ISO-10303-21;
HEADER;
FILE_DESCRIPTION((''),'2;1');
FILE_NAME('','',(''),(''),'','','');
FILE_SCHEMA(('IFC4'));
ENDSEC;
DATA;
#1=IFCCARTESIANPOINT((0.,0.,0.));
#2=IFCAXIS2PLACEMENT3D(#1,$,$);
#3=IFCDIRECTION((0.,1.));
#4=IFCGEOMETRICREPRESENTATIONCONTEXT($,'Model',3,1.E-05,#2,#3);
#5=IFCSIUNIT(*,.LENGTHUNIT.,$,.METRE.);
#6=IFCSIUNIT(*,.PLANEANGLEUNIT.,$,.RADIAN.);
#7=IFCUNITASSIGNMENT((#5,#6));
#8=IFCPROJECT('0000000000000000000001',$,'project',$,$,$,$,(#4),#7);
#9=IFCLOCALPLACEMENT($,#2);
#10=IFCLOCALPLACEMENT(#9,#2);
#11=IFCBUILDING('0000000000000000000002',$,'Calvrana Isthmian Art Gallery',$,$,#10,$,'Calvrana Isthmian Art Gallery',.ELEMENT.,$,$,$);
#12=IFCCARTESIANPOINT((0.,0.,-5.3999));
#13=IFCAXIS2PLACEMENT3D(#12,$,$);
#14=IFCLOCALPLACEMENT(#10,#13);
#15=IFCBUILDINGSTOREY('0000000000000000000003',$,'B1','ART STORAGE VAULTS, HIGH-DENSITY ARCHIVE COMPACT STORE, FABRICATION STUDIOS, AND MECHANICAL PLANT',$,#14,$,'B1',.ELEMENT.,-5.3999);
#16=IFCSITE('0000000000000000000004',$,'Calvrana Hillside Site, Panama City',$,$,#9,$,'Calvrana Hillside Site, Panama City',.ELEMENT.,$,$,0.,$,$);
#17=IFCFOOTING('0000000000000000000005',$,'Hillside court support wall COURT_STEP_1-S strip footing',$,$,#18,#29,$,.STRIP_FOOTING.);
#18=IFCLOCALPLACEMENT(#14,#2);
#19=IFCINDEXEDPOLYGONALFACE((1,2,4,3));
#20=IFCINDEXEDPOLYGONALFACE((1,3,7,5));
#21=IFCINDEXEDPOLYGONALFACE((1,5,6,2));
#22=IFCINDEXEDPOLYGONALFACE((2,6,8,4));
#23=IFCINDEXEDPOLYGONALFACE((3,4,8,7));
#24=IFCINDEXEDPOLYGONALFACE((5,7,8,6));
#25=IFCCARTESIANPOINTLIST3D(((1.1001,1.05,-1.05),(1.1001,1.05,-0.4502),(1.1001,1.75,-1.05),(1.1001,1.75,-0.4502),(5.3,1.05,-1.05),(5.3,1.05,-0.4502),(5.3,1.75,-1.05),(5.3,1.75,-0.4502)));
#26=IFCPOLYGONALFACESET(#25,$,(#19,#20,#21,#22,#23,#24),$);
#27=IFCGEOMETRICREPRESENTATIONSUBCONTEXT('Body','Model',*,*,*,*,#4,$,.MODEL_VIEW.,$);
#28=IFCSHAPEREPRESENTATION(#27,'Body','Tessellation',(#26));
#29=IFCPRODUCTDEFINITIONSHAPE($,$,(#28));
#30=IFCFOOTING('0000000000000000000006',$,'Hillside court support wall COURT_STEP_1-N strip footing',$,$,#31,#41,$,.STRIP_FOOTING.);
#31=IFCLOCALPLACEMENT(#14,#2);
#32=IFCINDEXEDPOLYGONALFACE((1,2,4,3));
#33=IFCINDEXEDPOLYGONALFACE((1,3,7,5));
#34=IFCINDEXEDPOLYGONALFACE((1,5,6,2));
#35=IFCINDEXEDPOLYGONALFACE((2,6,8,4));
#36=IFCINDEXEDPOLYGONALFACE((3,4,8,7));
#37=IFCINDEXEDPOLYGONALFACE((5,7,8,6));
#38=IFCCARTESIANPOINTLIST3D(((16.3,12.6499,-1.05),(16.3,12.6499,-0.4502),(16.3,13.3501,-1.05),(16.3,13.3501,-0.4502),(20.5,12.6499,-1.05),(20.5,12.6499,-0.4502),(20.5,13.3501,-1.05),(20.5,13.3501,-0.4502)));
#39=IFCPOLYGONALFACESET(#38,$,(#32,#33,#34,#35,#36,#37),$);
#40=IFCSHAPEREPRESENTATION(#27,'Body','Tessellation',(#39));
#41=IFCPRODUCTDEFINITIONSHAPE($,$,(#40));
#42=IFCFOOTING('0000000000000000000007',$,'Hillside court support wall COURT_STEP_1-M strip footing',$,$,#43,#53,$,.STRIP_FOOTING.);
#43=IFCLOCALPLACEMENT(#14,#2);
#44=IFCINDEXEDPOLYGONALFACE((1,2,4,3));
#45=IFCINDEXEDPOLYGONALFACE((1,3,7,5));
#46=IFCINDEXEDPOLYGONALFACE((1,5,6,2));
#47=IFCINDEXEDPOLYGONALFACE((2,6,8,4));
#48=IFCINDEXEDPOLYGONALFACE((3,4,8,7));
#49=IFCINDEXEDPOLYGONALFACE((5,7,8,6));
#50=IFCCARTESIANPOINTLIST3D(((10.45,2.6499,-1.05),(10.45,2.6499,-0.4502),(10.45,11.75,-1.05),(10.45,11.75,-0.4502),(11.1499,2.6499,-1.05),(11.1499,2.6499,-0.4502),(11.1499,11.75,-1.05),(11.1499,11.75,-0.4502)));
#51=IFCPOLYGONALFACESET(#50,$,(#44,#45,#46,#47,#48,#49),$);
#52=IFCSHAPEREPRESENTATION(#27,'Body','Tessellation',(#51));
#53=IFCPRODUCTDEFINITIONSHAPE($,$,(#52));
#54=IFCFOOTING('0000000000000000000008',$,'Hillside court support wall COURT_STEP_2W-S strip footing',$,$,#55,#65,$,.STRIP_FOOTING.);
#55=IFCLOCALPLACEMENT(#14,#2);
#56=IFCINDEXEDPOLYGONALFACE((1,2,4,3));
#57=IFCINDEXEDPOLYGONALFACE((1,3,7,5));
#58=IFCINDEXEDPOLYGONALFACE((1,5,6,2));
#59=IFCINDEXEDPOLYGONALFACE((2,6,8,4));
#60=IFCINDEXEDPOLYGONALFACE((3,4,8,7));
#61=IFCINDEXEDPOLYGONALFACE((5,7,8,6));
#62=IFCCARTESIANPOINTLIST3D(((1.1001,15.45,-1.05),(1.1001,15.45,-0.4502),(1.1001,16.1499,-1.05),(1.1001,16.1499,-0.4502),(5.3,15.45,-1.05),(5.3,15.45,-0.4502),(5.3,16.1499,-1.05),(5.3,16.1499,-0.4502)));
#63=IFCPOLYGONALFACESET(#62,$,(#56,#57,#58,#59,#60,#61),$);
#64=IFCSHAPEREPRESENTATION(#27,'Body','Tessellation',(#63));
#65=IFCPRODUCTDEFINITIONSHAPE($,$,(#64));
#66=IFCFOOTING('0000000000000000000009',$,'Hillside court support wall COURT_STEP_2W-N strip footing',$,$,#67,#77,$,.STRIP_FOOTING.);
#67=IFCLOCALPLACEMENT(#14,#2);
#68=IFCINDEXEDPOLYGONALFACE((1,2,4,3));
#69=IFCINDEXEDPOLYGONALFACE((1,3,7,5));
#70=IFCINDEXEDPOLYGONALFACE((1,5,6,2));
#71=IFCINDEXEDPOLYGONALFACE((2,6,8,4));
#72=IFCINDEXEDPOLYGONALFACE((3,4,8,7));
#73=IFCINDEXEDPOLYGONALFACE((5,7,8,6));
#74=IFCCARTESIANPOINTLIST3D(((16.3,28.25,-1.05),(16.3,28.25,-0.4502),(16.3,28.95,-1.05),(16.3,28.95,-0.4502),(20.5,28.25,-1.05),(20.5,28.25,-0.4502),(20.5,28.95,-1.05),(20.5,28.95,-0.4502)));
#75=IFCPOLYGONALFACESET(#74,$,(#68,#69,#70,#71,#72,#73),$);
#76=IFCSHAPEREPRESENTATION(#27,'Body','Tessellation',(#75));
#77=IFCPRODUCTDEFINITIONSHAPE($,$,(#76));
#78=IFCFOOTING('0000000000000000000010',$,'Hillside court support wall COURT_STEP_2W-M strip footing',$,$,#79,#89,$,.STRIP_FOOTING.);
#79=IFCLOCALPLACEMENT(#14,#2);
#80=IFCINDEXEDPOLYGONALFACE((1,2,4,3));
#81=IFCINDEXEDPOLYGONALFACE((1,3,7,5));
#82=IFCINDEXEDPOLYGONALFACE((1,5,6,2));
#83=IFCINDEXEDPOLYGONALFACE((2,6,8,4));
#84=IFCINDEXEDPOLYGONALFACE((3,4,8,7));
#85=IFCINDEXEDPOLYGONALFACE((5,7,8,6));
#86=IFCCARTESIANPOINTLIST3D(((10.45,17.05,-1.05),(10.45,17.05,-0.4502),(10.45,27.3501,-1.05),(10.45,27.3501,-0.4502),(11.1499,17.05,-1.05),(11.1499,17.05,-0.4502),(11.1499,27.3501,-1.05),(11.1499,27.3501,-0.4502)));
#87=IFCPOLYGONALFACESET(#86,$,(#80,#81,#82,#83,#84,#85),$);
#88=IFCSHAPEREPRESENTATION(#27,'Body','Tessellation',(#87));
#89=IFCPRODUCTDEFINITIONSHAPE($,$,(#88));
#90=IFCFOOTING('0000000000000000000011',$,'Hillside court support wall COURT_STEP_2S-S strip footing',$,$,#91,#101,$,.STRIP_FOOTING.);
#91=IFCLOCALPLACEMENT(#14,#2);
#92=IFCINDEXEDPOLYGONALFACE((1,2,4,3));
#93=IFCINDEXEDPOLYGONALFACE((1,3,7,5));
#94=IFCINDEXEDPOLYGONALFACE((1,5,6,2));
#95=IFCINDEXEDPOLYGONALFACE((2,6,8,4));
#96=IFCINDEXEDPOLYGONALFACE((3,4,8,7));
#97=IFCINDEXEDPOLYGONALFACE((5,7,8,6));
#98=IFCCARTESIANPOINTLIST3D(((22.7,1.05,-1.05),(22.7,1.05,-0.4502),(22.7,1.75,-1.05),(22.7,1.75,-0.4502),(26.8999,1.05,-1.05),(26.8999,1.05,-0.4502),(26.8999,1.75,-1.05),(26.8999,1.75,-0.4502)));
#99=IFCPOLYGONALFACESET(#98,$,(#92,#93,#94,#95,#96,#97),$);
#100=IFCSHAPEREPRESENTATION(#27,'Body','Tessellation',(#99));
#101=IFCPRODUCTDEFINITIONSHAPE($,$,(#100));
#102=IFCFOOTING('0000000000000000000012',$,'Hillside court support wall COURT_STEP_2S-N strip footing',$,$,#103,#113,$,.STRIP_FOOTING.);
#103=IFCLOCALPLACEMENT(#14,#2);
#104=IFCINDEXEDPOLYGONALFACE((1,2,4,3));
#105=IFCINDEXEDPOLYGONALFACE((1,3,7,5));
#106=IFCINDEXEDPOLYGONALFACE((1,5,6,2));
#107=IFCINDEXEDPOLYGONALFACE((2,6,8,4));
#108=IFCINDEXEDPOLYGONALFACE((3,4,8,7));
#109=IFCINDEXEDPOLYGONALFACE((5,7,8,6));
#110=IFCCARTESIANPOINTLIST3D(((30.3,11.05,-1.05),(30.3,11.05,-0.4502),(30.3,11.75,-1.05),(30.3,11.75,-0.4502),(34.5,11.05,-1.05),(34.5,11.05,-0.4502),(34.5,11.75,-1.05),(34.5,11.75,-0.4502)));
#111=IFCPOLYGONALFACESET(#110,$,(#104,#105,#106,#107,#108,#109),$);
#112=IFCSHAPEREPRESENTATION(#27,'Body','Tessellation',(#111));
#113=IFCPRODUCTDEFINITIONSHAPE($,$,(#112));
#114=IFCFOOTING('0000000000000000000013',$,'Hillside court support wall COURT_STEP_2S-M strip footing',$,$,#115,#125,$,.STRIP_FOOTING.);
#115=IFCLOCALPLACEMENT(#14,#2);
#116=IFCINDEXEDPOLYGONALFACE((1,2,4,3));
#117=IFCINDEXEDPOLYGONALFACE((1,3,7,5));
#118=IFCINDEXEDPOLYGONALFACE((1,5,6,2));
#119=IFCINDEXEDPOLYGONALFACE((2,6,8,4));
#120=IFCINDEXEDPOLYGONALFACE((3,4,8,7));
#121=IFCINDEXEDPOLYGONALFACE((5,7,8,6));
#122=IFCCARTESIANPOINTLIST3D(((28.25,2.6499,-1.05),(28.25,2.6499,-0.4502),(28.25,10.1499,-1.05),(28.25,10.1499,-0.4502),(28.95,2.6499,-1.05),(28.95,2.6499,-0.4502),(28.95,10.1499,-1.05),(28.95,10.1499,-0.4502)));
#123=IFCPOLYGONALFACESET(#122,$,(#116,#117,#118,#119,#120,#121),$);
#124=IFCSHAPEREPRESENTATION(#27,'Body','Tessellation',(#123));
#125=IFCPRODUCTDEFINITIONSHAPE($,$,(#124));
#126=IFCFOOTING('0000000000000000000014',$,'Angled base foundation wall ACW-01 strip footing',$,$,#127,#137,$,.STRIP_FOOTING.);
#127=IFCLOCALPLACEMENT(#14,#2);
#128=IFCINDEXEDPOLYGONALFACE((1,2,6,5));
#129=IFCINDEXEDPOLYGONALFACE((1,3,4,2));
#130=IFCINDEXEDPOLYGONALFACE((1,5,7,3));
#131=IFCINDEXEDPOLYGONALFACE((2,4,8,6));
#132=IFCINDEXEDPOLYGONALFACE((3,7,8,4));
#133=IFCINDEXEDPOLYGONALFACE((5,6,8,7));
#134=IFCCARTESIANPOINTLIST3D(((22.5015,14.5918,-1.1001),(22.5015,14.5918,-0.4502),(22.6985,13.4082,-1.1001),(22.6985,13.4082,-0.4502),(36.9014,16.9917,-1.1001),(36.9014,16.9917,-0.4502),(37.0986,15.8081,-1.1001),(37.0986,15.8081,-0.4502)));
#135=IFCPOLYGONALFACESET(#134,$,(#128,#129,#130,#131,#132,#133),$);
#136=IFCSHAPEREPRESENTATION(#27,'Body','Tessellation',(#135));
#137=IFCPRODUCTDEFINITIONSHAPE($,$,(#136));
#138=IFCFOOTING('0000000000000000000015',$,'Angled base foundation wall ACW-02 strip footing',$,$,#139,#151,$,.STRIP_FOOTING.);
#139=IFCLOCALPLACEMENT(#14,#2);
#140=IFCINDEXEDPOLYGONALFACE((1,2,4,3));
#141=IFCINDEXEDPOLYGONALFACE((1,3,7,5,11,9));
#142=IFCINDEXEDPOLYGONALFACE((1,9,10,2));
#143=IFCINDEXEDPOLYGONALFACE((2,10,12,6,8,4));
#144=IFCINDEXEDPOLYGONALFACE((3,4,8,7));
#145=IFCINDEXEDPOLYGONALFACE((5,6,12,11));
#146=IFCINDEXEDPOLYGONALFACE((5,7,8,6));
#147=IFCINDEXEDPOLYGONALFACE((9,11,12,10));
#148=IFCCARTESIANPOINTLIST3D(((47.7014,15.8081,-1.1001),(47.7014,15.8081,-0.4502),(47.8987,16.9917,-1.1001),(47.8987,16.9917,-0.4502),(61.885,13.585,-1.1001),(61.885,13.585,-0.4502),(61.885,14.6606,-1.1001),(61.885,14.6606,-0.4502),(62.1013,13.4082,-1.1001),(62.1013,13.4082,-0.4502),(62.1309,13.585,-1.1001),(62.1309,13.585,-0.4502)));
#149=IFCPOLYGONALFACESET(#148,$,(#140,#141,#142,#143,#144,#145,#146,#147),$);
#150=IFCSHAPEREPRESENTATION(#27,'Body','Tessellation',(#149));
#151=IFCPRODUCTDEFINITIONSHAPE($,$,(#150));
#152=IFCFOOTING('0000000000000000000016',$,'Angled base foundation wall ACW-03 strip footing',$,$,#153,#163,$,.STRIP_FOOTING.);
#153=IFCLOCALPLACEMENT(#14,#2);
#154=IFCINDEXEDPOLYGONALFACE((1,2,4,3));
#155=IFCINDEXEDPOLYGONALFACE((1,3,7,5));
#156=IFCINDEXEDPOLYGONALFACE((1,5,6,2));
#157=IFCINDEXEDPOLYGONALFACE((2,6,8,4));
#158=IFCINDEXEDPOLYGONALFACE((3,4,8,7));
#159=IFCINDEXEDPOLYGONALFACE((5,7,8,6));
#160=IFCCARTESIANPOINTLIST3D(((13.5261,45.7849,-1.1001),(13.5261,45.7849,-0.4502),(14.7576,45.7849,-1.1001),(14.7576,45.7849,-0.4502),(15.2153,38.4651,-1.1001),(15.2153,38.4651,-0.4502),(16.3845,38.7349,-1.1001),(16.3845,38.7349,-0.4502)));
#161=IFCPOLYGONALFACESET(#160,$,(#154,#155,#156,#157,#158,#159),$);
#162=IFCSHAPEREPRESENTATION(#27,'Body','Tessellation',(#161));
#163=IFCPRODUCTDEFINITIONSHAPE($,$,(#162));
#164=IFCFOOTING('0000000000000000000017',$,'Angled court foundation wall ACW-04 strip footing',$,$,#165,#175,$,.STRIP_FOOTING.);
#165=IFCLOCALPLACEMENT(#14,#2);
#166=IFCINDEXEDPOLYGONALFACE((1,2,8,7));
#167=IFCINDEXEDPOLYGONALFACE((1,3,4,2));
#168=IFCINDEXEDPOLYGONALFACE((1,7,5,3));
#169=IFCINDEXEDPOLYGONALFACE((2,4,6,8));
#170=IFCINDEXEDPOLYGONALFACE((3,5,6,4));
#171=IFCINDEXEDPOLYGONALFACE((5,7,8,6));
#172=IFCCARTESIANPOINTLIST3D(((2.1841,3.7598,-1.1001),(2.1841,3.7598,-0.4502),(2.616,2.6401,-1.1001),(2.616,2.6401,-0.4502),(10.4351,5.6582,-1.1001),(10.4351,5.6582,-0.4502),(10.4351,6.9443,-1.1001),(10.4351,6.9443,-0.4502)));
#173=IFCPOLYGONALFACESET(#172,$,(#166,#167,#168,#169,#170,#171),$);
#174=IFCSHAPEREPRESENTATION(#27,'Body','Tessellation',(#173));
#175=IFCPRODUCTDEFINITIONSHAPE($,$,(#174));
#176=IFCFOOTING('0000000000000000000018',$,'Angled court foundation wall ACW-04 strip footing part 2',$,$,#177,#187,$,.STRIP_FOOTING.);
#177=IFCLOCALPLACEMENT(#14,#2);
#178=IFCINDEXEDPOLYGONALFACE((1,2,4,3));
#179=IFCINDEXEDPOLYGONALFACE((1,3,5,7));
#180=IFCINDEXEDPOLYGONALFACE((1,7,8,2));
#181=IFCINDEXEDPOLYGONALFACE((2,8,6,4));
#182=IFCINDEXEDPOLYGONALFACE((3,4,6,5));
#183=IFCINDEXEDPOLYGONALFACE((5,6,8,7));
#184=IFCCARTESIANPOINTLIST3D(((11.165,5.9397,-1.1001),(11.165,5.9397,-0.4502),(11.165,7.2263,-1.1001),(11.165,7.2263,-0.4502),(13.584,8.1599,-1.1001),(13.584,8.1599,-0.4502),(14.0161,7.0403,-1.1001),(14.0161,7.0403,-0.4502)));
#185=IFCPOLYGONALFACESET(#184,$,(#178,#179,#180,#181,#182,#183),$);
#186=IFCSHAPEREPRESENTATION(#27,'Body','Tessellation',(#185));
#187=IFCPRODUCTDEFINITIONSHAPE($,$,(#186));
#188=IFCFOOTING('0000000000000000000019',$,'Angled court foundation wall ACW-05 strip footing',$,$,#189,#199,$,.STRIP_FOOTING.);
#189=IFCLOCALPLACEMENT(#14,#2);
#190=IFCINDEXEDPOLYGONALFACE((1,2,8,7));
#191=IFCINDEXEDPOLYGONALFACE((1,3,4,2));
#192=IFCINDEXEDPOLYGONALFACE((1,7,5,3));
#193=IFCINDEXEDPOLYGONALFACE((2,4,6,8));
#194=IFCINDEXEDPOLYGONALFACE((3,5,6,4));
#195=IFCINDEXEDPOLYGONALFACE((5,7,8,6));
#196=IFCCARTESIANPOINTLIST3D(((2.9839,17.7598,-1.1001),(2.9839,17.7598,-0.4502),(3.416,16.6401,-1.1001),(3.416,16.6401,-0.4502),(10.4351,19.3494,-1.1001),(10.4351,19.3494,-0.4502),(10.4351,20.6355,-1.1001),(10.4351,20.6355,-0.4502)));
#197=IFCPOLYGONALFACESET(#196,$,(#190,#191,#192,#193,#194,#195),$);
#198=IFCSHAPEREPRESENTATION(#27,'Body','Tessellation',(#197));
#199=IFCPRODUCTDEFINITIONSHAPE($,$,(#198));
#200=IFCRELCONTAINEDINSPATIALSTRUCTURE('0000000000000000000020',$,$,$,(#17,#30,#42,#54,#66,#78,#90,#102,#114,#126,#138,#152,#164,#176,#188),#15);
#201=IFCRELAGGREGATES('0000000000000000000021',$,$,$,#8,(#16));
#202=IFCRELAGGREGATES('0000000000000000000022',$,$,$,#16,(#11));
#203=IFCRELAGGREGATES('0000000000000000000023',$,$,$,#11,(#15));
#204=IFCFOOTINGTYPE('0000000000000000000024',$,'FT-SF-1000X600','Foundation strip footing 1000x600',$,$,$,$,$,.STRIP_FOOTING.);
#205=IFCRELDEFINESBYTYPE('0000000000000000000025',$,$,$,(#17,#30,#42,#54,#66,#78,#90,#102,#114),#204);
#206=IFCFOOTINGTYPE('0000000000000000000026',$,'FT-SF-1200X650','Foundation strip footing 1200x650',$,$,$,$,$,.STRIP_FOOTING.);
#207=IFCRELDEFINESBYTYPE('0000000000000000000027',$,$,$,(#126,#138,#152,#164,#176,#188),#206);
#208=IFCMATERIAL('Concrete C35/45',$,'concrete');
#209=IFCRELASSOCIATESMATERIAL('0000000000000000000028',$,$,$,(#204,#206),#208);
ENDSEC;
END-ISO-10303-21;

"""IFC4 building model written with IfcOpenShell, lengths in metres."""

from ifc_helpers import new_model, si_unit, direction, frame, origin, place, context, subcontext, project, spatial, polyline, outline, extrude, material, type_object, element, save


model = new_model("IFC4")

# Units and contexts
model_context = context("Model", 3, precision=1e-05, world=origin(), true_north=direction((0.0, 1.0)))
body_context = subcontext(model_context, "Body", "Model", "MODEL_VIEW")
ifc_project = project(units=[si_unit("LENGTHUNIT", "METRE"), si_unit("PLANEANGLEUNIT", "RADIAN")], contexts=[model_context])

# Site, building, storey
site_placement = place(None, origin())
site = spatial("IfcSite", under=ifc_project, at=site_placement, Name="Calvrana Hillside Site, Panama City", LongName="Calvrana Hillside Site, Panama City", CompositionType="ELEMENT", RefElevation=0.0)
building_placement = place(site_placement, origin())
building = spatial("IfcBuilding", under=site, at=building_placement, Name="Calvrana Isthmian Art Gallery", LongName="Calvrana Isthmian Art Gallery", CompositionType="ELEMENT")
storey_placement = place(building_placement, frame((0.0, 0.0, -5.3999)))
storey = spatial("IfcBuildingStorey", under=building, at=storey_placement, Name="B1", Description="ART STORAGE VAULTS, HIGH-DENSITY ARCHIVE COMPACT STORE, FABRICATION STUDIOS, AND MECHANICAL PLANT", LongName="B1", CompositionType="ELEMENT", Elevation=-5.3999)

# Footings
ifc_material = material(Name="Concrete C35/45", Category="concrete")
footing_type_1 = type_object("IfcFootingType", Name="FT-SF-1000X600", Description="Foundation strip footing 1000x600", PredefinedType="STRIP_FOOTING", material=ifc_material)
footing_1_placement = place(storey_placement, frame((0.0, 0.0, -1.05)))
element("IfcFooting", 1, at=footing_1_placement, inside=storey, type_object=footing_type_1, Name="Hillside court support wall COURT_STEP_1-S strip footing", PredefinedType="STRIP_FOOTING", context=body_context, shape_type="SweptSolid", body=[
    extrude(outline(polyline([(1.1001, 1.05), (5.3, 1.05), (5.3, 1.75), (1.1001, 1.75), (1.1001, 1.05)])), origin(), (0.0, 0.0, 1.0), 0.5999),
])
footing_2_placement = place(storey_placement, frame((0.0, 0.0, -1.05)))
element("IfcFooting", 2, at=footing_2_placement, inside=storey, type_object=footing_type_1, Name="Hillside court support wall COURT_STEP_1-N strip footing", PredefinedType="STRIP_FOOTING", context=body_context, shape_type="SweptSolid", body=[
    extrude(outline(polyline([(16.3, 12.6499), (20.5, 12.6499), (20.5, 13.3501), (16.3, 13.3501), (16.3, 12.6499)])), origin(), (0.0, 0.0, 1.0), 0.5999),
])
footing_3_placement = place(storey_placement, frame((0.0, 0.0, -1.05)))
element("IfcFooting", 3, at=footing_3_placement, inside=storey, type_object=footing_type_1, Name="Hillside court support wall COURT_STEP_1-M strip footing", PredefinedType="STRIP_FOOTING", context=body_context, shape_type="SweptSolid", body=[
    extrude(outline(polyline([(11.1499, 2.6499), (11.1499, 11.75), (10.45, 11.75), (10.45, 2.6499), (11.1499, 2.6499)])), origin(), (0.0, 0.0, 1.0), 0.5999),
])
footing_4_placement = place(storey_placement, frame((0.0, 0.0, -1.05)))
element("IfcFooting", 4, at=footing_4_placement, inside=storey, type_object=footing_type_1, Name="Hillside court support wall COURT_STEP_2W-S strip footing", PredefinedType="STRIP_FOOTING", context=body_context, shape_type="SweptSolid", body=[
    extrude(outline(polyline([(1.1001, 15.45), (5.3, 15.45), (5.3, 16.1499), (1.1001, 16.1499), (1.1001, 15.45)])), origin(), (0.0, 0.0, 1.0), 0.5999),
])
footing_5_placement = place(storey_placement, frame((0.0, 0.0, -1.05)))
element("IfcFooting", 5, at=footing_5_placement, inside=storey, type_object=footing_type_1, Name="Hillside court support wall COURT_STEP_2W-N strip footing", PredefinedType="STRIP_FOOTING", context=body_context, shape_type="SweptSolid", body=[
    extrude(outline(polyline([(16.3, 28.25), (20.5, 28.25), (20.5, 28.95), (16.3, 28.95), (16.3, 28.25)])), origin(), (0.0, 0.0, 1.0), 0.5999),
])
footing_6_placement = place(storey_placement, frame((0.0, 0.0, -1.05)))
element("IfcFooting", 6, at=footing_6_placement, inside=storey, type_object=footing_type_1, Name="Hillside court support wall COURT_STEP_2W-M strip footing", PredefinedType="STRIP_FOOTING", context=body_context, shape_type="SweptSolid", body=[
    extrude(outline(polyline([(11.1499, 17.05), (11.1499, 27.3501), (10.45, 27.3501), (10.45, 17.05), (11.1499, 17.05)])), origin(), (0.0, 0.0, 1.0), 0.5999),
])
footing_7_placement = place(storey_placement, frame((0.0, 0.0, -1.05)))
element("IfcFooting", 7, at=footing_7_placement, inside=storey, type_object=footing_type_1, Name="Hillside court support wall COURT_STEP_2S-S strip footing", PredefinedType="STRIP_FOOTING", context=body_context, shape_type="SweptSolid", body=[
    extrude(outline(polyline([(22.7, 1.05), (26.8999, 1.05), (26.8999, 1.75), (22.7, 1.75), (22.7, 1.05)])), origin(), (0.0, 0.0, 1.0), 0.5999),
])
footing_8_placement = place(storey_placement, frame((0.0, 0.0, -1.05)))
element("IfcFooting", 8, at=footing_8_placement, inside=storey, type_object=footing_type_1, Name="Hillside court support wall COURT_STEP_2S-N strip footing", PredefinedType="STRIP_FOOTING", context=body_context, shape_type="SweptSolid", body=[
    extrude(outline(polyline([(30.3, 11.05), (34.5, 11.05), (34.5, 11.75), (30.3, 11.75), (30.3, 11.05)])), origin(), (0.0, 0.0, 1.0), 0.5999),
])
footing_9_placement = place(storey_placement, frame((0.0, 0.0, -1.05)))
element("IfcFooting", 9, at=footing_9_placement, inside=storey, type_object=footing_type_1, Name="Hillside court support wall COURT_STEP_2S-M strip footing", PredefinedType="STRIP_FOOTING", context=body_context, shape_type="SweptSolid", body=[
    extrude(outline(polyline([(28.95, 2.6499), (28.95, 10.1499), (28.25, 10.1499), (28.25, 2.6499), (28.95, 2.6499)])), origin(), (0.0, 0.0, 1.0), 0.5999),
])
footing_type_2 = type_object("IfcFootingType", Name="FT-SF-1200X650", Description="Foundation strip footing 1200x650", PredefinedType="STRIP_FOOTING", material=ifc_material)
footing_10_placement = place(storey_placement, frame((0.0, 0.0, -1.1001)))
element("IfcFooting", 10, at=footing_10_placement, inside=storey, type_object=footing_type_2, Name="Angled base foundation wall ACW-01 strip footing", PredefinedType="STRIP_FOOTING", context=body_context, shape_type="SweptSolid", body=[
    extrude(outline(polyline([(22.6985, 13.4082), (37.0986, 15.8081), (36.9014, 16.9917), (22.5015, 14.5918), (22.6985, 13.4082)])), origin(), (0.0, 0.0, 1.0), 0.6499),
])
footing_11_placement = place(storey_placement, frame((0.0, 0.0, -1.1001)))
element("IfcFooting", 11, at=footing_11_placement, inside=storey, type_object=footing_type_2, Name="Angled base foundation wall ACW-02 strip footing", PredefinedType="STRIP_FOOTING", context=body_context, shape_type="SweptSolid", body=[
    extrude(outline(polyline([(62.1013, 13.4082), (47.7014, 15.8081), (47.8987, 16.9917), (61.885, 14.6606), (61.885, 13.585), (62.1309, 13.585), (62.1013, 13.4082)])), origin(), (0.0, 0.0, 1.0), 0.6499),
])
footing_12_placement = place(storey_placement, frame((0.0, 0.0, -1.1001)))
element("IfcFooting", 12, at=footing_12_placement, inside=storey, type_object=footing_type_2, Name="Angled base foundation wall ACW-03 strip footing", PredefinedType="STRIP_FOOTING", context=body_context, shape_type="SweptSolid", body=[
    extrude(outline(polyline([(16.3845, 38.7349), (15.2153, 38.4651), (13.5261, 45.7849), (14.7576, 45.7849), (16.3845, 38.7349)])), origin(), (0.0, 0.0, 1.0), 0.6499),
])
footing_13_placement = place(storey_placement, frame((0.0, 0.0, -1.1001)))
element("IfcFooting", 13, at=footing_13_placement, inside=storey, type_object=footing_type_2, Name="Angled court foundation wall ACW-04 strip footing", PredefinedType="STRIP_FOOTING", context=body_context, shape_type="SweptSolid", body=[
    extrude(outline(polyline([(2.616, 2.6401), (2.1841, 3.7598), (10.4351, 6.9443), (10.4351, 5.6582), (2.616, 2.6401)])), origin(), (0.0, 0.0, 1.0), 0.6499),
])
footing_14_placement = place(storey_placement, frame((0.0, 0.0, -1.1001)))
element("IfcFooting", 14, at=footing_14_placement, inside=storey, type_object=footing_type_2, Name="Angled court foundation wall ACW-04 strip footing part 2", PredefinedType="STRIP_FOOTING", context=body_context, shape_type="SweptSolid", body=[
    extrude(outline(polyline([(13.584, 8.1599), (14.0161, 7.0403), (11.165, 5.9397), (11.165, 7.2263), (13.584, 8.1599)])), origin(), (0.0, 0.0, 1.0), 0.6499),
])
footing_15_placement = place(storey_placement, frame((0.0, 0.0, -1.1001)))
element("IfcFooting", 15, at=footing_15_placement, inside=storey, type_object=footing_type_2, Name="Angled court foundation wall ACW-05 strip footing", PredefinedType="STRIP_FOOTING", context=body_context, shape_type="SweptSolid", body=[
    extrude(outline(polyline([(3.416, 16.6401), (2.9839, 17.7598), (10.4351, 20.6355), (10.4351, 19.3494), (3.416, 16.6401)])), origin(), (0.0, 0.0, 1.0), 0.6499),
])

save(model, "model.ifc")
